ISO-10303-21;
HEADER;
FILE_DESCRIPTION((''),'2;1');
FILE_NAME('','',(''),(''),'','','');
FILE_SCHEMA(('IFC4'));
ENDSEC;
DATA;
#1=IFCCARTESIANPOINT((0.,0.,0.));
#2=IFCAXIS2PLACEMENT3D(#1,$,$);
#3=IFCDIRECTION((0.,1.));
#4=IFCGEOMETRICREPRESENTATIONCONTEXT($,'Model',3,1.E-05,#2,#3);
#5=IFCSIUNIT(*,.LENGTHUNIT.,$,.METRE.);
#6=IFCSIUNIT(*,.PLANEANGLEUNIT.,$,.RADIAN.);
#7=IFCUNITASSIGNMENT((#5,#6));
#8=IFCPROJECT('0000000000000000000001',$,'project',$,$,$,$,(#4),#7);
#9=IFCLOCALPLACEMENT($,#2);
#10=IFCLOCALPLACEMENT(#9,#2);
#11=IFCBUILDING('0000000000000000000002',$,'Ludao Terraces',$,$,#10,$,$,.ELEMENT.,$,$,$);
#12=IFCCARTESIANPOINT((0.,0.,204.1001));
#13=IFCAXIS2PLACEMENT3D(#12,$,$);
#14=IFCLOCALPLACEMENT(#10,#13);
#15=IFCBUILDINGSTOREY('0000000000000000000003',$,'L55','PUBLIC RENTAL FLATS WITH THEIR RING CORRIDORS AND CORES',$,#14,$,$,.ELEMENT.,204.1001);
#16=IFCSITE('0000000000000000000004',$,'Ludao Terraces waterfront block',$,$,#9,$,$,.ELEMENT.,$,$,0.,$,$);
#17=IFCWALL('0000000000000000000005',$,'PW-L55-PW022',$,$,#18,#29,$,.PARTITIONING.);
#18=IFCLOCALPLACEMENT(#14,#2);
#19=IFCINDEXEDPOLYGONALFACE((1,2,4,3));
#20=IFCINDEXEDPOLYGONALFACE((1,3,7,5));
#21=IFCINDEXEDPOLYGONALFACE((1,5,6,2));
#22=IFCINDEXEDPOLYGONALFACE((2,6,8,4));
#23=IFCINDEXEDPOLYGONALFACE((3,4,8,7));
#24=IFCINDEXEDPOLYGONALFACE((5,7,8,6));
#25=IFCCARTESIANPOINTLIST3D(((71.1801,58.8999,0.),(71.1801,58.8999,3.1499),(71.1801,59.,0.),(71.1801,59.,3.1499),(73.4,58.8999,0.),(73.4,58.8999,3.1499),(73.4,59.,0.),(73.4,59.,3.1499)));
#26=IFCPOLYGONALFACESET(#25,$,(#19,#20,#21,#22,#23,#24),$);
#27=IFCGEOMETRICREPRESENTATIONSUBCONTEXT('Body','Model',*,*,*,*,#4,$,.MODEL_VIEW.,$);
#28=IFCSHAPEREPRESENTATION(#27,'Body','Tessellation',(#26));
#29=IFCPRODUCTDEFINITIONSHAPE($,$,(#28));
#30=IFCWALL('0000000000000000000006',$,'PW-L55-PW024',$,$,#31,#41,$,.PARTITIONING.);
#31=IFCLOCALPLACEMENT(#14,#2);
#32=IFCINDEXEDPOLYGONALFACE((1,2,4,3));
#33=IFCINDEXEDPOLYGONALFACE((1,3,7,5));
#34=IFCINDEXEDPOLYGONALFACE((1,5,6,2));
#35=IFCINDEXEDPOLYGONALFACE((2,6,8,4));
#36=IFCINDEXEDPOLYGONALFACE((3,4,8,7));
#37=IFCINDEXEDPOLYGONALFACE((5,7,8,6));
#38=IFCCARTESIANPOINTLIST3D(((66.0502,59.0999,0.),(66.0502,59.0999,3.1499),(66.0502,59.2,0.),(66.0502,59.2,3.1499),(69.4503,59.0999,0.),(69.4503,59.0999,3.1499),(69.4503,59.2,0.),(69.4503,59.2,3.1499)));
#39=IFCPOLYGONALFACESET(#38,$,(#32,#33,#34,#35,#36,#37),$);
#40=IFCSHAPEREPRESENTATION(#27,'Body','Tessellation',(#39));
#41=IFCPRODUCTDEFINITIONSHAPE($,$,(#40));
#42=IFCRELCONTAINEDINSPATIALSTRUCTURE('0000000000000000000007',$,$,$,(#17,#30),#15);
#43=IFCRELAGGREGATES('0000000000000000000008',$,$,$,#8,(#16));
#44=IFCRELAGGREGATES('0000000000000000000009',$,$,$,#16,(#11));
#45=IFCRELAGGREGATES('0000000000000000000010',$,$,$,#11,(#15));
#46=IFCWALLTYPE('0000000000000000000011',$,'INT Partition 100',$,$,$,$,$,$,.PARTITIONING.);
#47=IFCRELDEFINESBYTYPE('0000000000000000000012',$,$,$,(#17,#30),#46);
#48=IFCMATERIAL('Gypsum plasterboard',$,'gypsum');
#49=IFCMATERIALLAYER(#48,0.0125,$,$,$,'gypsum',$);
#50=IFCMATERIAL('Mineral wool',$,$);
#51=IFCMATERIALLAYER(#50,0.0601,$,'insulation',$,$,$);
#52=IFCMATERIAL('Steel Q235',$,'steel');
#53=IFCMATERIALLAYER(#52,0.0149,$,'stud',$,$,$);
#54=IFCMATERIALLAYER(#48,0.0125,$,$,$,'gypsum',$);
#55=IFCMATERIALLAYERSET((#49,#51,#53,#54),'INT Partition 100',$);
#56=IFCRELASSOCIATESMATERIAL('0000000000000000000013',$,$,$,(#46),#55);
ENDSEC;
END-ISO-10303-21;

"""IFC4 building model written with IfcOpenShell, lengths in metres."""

from ifc_helpers import new_model, si_unit, direction, frame, frame_2d, origin, place, context, subcontext, project, spatial, rectangle, extrude, material, layer, layer_set, type_object, element, save


model = new_model("IFC4")

# Units and contexts
model_context = context("Model", 3, precision=1e-05, world=origin(), true_north=direction((0.0, 1.0)))
body_context = subcontext(model_context, "Body", "Model", "MODEL_VIEW")
ifc_project = project(units=[si_unit("LENGTHUNIT", "METRE"), si_unit("PLANEANGLEUNIT", "RADIAN")], contexts=[model_context])

# Site, building, storey
site_placement = place(None, origin())
site = spatial("IfcSite", under=ifc_project, at=site_placement, Name="Ludao Terraces waterfront block", CompositionType="ELEMENT", RefElevation=0.0)
building_placement = place(site_placement, origin())
building = spatial("IfcBuilding", under=site, at=building_placement, Name="Ludao Terraces", CompositionType="ELEMENT")
storey_placement = place(building_placement, frame((0.0, 0.0, 204.1001)))
storey = spatial("IfcBuildingStorey", under=building, at=storey_placement, Name="L55", Description="PUBLIC RENTAL FLATS WITH THEIR RING CORRIDORS AND CORES", CompositionType="ELEMENT", Elevation=204.1001)

# Shared definitions
ifc_material_1 = material(Name="Steel Q235", Category="steel")

# Walls
ifc_material_2 = material(Name="Gypsum plasterboard", Category="gypsum")
ifc_layer_1 = layer(ifc_material_2, 0.0125, Category="gypsum")
ifc_material_3 = material(Name="Mineral wool")
ifc_layer_2 = layer(ifc_material_3, 0.0601, Name="insulation")
ifc_layer_3 = layer(ifc_material_1, 0.0149, Name="stud")
ifc_layer_4 = layer(ifc_material_2, 0.0125, Category="gypsum")
ifc_layer_set_1 = layer_set([ifc_layer_1, ifc_layer_2, ifc_layer_3, ifc_layer_4], Name="INT Partition 100")
wall_type_1 = type_object("IfcWallType", Name="INT Partition 100", PredefinedType="PARTITIONING", material=ifc_layer_set_1)
for number, where, z_axis, x_axis, name in (
    (1, (71.1802, 58.95, 0.0), (0.0, 0.0, 1.0), (1.0, 0.0, 0.0), "PW-L55-PW022"),
):
    element("IfcWall", number, at=place(storey_placement, frame(where, z_axis=z_axis, x_axis=x_axis)), inside=storey, type_object=wall_type_1, Name=name, PredefinedType="PARTITIONING", context=body_context, shape_type="SweptSolid", body=[
        extrude(rectangle(XDim=2.22, YDim=0.1001, at=frame_2d((1.1099, 0.0))), origin(), (0.0, 0.0, 1.0), 3.1499),
    ])
wall_1_placement = place(storey_placement, frame((66.05, 59.1499, 0.0), z_axis=(0.0, 0.0, 1.0), x_axis=(1.0, 0.0, 0.0)))
element("IfcWall", 2, at=wall_1_placement, inside=storey, type_object=wall_type_1, Name="PW-L55-PW024", PredefinedType="PARTITIONING", context=body_context, shape_type="SweptSolid", body=[
    extrude(rectangle(XDim=3.4001, YDim=0.1001, at=frame_2d((1.7002, 0.0))), origin(), (0.0, 0.0, 1.0), 3.1499),
])

save(model, "model.ifc")
